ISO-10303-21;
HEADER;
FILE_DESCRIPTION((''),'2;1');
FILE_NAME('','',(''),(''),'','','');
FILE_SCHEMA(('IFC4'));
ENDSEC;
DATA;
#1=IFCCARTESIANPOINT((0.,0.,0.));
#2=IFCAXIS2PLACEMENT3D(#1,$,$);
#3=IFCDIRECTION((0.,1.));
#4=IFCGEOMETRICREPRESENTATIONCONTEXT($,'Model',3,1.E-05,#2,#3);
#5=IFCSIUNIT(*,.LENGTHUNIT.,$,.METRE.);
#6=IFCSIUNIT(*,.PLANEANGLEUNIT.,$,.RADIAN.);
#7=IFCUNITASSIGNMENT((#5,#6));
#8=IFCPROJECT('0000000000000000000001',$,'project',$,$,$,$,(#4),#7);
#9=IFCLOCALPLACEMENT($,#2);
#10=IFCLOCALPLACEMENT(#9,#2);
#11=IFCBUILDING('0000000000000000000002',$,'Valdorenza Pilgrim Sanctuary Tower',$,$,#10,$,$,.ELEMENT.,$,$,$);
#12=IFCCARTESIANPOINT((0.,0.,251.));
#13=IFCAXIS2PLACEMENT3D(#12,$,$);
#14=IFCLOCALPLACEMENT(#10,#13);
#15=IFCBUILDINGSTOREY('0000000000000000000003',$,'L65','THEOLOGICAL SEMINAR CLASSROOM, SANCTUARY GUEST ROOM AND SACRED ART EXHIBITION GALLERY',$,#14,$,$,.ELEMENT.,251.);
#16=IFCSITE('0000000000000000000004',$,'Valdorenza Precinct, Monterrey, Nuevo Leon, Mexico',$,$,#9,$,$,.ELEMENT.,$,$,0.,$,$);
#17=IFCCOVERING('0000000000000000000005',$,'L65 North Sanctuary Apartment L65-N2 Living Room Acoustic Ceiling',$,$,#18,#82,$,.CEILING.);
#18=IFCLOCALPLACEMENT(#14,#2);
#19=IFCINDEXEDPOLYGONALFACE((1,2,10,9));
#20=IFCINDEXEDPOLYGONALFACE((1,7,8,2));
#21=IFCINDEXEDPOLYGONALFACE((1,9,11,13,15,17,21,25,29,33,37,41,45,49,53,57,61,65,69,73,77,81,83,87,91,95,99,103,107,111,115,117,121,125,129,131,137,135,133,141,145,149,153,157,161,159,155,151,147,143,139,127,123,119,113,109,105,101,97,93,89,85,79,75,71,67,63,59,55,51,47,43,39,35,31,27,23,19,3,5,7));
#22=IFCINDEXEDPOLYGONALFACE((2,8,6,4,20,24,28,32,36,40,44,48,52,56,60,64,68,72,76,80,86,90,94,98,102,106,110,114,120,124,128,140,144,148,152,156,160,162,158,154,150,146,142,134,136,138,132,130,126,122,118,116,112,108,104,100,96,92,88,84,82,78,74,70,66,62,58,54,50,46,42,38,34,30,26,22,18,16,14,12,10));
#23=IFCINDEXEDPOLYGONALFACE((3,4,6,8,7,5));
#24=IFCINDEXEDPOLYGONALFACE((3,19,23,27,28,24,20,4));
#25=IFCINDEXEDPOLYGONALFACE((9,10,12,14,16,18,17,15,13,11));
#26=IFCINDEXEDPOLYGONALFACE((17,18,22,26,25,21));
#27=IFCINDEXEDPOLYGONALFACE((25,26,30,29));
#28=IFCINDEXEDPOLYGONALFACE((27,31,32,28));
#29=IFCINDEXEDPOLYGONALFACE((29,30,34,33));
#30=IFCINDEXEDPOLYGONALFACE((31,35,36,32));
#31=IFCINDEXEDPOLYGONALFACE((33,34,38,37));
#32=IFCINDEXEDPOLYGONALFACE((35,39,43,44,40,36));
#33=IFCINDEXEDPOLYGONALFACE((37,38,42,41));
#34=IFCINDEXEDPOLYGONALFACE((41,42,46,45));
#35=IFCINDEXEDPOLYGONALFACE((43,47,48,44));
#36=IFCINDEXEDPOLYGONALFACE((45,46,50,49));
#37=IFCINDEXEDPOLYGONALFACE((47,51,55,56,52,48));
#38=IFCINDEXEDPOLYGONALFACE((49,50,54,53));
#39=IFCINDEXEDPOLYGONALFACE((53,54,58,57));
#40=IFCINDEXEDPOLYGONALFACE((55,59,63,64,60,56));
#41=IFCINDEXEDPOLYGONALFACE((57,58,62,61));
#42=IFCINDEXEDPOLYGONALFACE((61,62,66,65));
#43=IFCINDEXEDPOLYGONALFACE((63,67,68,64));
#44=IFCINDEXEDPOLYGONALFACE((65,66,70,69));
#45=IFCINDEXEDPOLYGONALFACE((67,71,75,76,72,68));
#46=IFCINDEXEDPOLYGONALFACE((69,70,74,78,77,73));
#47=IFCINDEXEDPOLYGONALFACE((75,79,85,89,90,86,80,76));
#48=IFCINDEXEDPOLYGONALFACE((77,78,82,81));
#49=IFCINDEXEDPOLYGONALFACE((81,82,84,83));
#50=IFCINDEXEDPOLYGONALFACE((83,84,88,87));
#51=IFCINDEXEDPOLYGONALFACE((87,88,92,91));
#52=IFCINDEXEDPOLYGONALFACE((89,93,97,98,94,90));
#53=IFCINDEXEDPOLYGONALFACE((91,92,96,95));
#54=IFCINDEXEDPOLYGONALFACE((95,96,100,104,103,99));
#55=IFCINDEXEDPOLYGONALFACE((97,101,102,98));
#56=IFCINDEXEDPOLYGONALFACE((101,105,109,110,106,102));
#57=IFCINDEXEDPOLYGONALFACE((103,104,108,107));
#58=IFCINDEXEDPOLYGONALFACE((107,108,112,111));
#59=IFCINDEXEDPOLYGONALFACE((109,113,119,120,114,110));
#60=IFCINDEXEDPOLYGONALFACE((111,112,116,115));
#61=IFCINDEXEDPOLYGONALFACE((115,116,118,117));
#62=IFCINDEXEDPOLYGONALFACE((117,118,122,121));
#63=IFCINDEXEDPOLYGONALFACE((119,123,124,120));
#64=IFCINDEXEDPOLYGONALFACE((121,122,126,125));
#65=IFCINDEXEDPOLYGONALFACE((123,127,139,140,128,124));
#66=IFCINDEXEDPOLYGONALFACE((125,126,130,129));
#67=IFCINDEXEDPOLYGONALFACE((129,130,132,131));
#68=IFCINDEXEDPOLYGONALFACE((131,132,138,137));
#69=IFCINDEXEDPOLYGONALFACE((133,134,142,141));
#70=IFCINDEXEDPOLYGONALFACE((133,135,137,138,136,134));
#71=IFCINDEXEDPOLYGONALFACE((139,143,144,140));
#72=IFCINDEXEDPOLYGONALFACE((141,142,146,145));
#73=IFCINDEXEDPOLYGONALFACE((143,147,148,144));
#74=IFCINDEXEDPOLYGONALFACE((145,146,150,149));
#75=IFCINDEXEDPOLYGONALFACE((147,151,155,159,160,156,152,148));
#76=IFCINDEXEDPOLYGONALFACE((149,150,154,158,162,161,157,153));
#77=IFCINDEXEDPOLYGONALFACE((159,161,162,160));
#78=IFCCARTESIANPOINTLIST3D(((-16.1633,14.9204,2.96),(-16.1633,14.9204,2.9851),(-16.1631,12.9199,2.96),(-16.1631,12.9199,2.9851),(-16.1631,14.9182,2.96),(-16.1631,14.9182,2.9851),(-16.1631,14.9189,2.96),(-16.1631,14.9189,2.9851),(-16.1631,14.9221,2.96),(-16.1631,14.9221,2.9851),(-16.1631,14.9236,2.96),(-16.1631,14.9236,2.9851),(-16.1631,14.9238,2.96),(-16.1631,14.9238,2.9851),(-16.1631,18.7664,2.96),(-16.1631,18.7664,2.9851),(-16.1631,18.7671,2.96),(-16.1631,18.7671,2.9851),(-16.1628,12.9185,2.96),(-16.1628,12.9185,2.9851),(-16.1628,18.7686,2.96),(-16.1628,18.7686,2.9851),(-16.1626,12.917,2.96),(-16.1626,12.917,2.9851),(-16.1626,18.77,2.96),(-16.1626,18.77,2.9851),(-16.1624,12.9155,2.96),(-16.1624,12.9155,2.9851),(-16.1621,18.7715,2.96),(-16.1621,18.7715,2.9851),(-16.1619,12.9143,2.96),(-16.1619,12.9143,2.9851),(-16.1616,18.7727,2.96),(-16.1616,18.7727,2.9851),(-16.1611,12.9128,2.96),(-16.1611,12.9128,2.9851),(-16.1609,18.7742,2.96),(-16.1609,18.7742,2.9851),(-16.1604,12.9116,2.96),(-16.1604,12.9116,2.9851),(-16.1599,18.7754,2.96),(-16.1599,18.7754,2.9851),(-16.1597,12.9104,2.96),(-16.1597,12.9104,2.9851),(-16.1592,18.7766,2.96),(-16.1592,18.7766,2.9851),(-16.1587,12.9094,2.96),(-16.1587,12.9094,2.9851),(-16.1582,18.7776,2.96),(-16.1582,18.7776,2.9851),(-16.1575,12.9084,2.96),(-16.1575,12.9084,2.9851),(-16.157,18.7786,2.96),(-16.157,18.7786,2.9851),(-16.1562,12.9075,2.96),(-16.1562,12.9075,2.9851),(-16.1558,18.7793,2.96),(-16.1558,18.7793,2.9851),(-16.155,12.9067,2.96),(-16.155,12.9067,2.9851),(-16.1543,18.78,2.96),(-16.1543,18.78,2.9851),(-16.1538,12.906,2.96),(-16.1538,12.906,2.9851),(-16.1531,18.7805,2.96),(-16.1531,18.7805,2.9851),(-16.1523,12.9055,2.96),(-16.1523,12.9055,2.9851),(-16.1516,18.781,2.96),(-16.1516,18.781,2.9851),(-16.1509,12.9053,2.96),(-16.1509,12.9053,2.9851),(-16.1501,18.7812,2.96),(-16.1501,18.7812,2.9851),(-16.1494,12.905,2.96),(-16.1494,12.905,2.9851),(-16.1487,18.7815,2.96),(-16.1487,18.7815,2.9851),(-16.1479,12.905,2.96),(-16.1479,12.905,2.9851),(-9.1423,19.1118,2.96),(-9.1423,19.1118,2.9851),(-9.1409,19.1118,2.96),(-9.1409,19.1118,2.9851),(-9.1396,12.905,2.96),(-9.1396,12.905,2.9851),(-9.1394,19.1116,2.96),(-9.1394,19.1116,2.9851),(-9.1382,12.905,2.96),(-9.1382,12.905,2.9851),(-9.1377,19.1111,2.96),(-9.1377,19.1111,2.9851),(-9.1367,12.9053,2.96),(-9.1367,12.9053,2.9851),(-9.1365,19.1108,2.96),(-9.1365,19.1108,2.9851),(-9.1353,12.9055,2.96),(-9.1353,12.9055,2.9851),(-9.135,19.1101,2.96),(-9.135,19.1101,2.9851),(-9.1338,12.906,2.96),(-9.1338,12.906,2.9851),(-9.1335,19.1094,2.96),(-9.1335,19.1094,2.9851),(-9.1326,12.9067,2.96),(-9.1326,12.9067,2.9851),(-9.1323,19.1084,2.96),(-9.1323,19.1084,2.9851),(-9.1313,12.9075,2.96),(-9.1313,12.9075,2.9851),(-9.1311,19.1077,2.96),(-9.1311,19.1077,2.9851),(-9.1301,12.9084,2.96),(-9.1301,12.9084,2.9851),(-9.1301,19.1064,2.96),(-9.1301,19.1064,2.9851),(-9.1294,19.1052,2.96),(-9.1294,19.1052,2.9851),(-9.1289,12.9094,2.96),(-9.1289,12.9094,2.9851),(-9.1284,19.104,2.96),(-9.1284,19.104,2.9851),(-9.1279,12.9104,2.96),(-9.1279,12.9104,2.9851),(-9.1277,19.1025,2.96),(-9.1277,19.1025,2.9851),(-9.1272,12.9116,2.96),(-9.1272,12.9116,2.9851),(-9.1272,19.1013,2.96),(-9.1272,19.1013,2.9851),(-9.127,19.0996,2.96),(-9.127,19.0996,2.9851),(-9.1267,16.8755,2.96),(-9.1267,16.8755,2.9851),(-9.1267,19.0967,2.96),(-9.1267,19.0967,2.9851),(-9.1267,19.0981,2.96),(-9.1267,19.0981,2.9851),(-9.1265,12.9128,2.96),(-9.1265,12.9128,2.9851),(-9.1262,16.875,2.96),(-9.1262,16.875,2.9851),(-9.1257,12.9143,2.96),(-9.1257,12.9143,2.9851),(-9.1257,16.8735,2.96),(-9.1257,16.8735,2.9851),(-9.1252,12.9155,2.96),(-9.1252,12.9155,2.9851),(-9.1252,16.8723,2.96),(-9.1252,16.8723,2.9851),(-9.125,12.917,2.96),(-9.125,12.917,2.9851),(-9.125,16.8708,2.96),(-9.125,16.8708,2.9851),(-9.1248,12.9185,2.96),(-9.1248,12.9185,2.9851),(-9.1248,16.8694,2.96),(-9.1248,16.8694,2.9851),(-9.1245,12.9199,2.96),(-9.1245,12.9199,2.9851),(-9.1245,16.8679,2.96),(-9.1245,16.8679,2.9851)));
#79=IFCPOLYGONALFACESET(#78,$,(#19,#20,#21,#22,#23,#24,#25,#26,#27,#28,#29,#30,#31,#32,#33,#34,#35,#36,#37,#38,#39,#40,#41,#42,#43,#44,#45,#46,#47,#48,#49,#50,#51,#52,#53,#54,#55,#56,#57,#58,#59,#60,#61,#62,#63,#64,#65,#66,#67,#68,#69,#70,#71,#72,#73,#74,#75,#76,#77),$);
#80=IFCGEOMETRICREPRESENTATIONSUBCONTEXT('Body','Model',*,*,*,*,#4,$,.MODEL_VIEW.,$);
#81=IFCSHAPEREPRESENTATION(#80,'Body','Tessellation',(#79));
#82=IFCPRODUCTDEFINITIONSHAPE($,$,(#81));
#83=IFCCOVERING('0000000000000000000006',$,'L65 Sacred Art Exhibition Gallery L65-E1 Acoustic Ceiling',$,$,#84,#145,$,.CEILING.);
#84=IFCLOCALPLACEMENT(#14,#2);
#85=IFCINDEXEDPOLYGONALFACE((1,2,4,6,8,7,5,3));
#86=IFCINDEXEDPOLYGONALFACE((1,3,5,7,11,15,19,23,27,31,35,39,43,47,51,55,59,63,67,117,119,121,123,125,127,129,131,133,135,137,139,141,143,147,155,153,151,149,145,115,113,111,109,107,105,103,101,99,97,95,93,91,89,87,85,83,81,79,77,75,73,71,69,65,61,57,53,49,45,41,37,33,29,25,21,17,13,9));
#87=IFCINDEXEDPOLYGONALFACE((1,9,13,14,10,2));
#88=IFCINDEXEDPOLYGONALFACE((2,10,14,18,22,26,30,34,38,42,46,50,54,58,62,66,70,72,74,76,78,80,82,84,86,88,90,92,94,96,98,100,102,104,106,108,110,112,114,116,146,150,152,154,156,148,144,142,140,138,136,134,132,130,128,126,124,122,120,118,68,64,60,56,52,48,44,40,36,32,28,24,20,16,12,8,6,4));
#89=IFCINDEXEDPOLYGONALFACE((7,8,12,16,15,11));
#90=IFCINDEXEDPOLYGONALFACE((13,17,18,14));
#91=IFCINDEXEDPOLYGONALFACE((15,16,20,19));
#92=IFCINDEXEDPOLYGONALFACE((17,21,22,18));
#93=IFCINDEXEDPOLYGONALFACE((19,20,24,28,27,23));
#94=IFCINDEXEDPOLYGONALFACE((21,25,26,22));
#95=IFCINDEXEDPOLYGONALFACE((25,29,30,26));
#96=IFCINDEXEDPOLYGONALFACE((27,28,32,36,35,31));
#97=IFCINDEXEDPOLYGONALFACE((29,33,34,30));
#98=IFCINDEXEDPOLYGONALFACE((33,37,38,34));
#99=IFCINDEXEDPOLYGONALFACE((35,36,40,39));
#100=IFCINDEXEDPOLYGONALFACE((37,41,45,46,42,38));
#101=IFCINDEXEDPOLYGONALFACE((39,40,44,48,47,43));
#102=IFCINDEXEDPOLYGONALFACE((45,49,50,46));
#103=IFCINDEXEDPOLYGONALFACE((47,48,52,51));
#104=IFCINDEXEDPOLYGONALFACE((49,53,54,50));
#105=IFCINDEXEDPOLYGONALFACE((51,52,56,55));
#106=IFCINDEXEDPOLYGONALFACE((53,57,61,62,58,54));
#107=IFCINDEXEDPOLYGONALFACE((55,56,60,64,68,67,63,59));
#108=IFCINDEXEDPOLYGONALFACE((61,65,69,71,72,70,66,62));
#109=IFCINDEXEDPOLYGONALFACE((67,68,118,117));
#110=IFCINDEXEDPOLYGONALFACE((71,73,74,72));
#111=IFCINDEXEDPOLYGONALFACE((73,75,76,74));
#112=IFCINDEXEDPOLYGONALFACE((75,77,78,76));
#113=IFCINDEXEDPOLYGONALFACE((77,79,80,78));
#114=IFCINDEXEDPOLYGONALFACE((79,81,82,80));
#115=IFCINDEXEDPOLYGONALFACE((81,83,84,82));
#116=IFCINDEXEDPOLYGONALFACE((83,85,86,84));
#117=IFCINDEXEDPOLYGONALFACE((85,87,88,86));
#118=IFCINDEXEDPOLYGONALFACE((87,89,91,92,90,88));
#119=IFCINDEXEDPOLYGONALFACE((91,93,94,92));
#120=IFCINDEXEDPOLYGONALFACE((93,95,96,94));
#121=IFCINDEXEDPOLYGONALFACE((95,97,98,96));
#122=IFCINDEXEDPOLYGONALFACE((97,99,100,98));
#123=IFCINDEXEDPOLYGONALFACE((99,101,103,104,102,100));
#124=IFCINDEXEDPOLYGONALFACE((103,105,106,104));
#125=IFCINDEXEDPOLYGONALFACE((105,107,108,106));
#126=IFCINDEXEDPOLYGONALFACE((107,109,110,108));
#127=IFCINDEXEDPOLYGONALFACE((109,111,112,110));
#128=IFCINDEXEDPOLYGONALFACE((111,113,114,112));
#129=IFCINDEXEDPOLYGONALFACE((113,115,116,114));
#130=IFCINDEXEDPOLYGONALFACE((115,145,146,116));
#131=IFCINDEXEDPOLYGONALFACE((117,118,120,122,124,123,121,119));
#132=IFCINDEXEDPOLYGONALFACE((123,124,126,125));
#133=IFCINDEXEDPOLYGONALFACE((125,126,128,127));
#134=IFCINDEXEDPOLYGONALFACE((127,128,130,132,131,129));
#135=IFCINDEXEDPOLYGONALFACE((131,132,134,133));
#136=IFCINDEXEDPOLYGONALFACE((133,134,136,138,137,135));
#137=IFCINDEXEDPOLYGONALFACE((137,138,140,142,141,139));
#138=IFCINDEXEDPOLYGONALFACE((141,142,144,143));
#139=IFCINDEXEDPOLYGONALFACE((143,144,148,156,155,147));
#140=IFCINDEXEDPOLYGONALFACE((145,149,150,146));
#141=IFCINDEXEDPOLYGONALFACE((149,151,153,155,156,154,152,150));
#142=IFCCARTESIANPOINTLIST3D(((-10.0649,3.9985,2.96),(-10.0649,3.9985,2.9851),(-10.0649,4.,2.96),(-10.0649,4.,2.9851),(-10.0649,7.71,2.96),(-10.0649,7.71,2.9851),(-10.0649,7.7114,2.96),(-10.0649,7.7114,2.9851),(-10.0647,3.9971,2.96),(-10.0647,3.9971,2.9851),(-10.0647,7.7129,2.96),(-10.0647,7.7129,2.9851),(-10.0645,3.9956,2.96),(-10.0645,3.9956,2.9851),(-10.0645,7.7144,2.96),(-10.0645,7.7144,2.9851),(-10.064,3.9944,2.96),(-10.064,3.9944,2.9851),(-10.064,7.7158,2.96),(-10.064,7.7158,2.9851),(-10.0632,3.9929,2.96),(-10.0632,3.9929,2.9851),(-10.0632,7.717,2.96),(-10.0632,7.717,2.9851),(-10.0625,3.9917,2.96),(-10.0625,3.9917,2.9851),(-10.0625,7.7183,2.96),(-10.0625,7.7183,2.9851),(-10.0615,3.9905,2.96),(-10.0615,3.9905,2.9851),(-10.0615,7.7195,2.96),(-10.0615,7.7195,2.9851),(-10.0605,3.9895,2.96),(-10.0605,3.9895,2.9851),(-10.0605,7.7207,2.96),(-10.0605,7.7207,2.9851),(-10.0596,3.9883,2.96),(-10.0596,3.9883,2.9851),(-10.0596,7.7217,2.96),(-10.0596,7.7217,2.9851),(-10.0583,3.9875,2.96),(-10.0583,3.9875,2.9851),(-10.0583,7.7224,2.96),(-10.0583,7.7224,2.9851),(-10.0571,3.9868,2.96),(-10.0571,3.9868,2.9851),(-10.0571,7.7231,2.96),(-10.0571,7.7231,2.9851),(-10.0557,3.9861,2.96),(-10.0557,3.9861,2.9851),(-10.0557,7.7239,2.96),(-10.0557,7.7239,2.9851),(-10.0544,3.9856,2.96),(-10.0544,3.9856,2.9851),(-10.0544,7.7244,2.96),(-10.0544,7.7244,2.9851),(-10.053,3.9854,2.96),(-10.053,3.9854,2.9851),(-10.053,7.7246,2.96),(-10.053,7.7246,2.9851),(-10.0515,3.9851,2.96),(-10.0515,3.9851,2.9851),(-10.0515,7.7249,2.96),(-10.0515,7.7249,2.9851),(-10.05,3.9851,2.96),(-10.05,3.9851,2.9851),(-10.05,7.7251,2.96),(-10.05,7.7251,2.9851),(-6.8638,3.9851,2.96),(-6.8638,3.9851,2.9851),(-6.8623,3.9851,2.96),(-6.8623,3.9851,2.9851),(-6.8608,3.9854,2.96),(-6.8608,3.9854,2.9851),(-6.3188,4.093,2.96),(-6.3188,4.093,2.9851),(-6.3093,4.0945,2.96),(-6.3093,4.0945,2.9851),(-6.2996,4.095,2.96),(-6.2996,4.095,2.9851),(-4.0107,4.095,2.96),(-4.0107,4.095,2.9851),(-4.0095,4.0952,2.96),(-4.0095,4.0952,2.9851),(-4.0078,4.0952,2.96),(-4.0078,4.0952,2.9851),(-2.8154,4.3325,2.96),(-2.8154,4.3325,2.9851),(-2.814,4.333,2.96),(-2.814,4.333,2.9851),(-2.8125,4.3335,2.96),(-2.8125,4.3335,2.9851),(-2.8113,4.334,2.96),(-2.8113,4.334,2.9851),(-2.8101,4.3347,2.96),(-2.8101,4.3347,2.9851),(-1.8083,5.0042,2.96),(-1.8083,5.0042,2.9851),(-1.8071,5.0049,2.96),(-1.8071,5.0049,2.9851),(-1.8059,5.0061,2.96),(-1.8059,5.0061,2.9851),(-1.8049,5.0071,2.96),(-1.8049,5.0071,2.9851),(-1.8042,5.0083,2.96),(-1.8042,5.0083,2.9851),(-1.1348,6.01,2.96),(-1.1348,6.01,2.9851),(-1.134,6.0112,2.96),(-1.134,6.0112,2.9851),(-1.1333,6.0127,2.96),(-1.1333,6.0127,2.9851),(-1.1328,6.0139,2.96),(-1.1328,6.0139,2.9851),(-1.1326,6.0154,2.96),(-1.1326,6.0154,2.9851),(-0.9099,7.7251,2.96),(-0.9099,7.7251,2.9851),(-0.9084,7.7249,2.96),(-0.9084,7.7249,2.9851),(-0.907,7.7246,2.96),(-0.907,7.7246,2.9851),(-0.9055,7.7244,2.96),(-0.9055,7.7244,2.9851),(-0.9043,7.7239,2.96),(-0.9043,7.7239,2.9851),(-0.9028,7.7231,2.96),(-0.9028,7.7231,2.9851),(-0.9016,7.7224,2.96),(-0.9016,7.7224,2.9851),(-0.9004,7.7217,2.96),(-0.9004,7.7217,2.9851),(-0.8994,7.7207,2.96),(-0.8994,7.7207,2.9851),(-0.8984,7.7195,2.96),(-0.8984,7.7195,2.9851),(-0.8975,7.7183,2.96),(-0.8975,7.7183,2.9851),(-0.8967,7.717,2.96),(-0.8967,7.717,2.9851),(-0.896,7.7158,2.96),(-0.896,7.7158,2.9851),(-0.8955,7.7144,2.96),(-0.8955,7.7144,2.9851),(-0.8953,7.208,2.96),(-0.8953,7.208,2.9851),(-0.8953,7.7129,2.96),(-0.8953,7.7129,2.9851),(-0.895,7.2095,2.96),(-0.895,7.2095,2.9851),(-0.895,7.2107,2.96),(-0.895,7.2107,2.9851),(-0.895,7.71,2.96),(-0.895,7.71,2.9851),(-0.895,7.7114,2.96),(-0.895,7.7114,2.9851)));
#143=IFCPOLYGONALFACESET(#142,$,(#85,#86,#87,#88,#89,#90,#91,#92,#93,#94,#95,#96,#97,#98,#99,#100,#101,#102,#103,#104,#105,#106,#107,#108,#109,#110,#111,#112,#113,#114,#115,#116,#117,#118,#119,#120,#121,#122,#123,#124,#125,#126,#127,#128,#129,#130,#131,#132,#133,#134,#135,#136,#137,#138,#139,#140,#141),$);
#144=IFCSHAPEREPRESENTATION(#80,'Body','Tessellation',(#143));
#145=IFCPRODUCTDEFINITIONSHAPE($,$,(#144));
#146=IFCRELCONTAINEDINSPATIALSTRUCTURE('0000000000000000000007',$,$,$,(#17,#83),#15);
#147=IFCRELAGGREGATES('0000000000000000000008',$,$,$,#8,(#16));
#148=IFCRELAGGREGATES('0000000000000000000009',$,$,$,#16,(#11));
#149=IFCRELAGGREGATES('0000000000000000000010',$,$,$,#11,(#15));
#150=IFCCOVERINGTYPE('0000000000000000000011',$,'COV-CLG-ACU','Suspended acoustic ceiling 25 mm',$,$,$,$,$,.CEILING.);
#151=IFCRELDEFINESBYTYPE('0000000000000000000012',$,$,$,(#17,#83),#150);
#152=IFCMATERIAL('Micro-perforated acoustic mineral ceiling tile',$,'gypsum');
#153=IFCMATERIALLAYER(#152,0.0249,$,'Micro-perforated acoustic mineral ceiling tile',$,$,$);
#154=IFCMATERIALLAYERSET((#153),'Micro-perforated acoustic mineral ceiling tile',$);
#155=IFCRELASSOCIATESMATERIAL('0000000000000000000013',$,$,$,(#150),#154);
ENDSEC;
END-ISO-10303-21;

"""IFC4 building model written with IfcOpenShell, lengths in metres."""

from ifc_helpers import new_model, si_unit, direction, frame, origin, place, context, subcontext, project, spatial, polyline, outline, extrude, material, layer, layer_set, type_object, element, save


model = new_model("IFC4")

# Units and contexts
model_context = context("Model", 3, precision=1e-05, world=origin(), true_north=direction((0.0, 1.0)))
body_context = subcontext(model_context, "Body", "Model", "MODEL_VIEW")
ifc_project = project(units=[si_unit("LENGTHUNIT", "METRE"), si_unit("PLANEANGLEUNIT", "RADIAN")], contexts=[model_context])

# Site, building, storey
site_placement = place(None, origin())
site = spatial("IfcSite", under=ifc_project, at=site_placement, Name="Valdorenza Precinct, Monterrey, Nuevo Leon, Mexico", CompositionType="ELEMENT", RefElevation=0.0)
building_placement = place(site_placement, origin())
building = spatial("IfcBuilding", under=site, at=building_placement, Name="Valdorenza Pilgrim Sanctuary Tower", CompositionType="ELEMENT")
storey_placement = place(building_placement, frame((0.0, 0.0, 251.0)))
storey = spatial("IfcBuildingStorey", under=building, at=storey_placement, Name="L65", Description="THEOLOGICAL SEMINAR CLASSROOM, SANCTUARY GUEST ROOM AND SACRED ART EXHIBITION GALLERY", CompositionType="ELEMENT", Elevation=251.0)

# Coverings
ifc_material_1 = material(Name="Micro-perforated acoustic mineral ceiling tile", Category="gypsum")
ifc_layer_1 = layer(ifc_material_1, 0.0249, Name="Micro-perforated acoustic mineral ceiling tile")
ifc_layer_set_1 = layer_set([ifc_layer_1], Name="Micro-perforated acoustic mineral ceiling tile")
covering_type_1 = type_object("IfcCoveringType", Name="COV-CLG-ACU", Description="Suspended acoustic ceiling 25 mm", PredefinedType="CEILING", material=ifc_layer_set_1)
covering_1_placement = place(storey_placement, frame((0.0, 0.0, 2.96)))
element("IfcCovering", 1, at=covering_1_placement, inside=storey, type_object=covering_type_1, Name="L65 North Sanctuary Apartment L65-N2 Living Room Acoustic Ceiling", PredefinedType="CEILING", context=body_context, shape_type="SweptSolid", body=[
    extrude(outline(polyline([(-16.1631, 14.9182), (-16.1631, 14.9189), (-16.1633, 14.9204), (-16.1631, 14.9221), (-16.1631, 14.9236), (-16.1631, 14.9238), (-16.1631, 18.7664), (-16.1631, 18.7664), (-16.1631, 18.7671), (-16.1628, 18.7686), (-16.1626, 18.77), (-16.1621, 18.7715), (-16.1616, 18.7727), (-16.1609, 18.7742), (-16.1599, 18.7754), (-16.1592, 18.7766), (-16.1582, 18.7776), (-16.157, 18.7786), (-16.1558, 18.7793), (-16.1543, 18.78), (-16.1531, 18.7805), (-16.1516, 18.781), (-16.1501, 18.7812), (-16.1487, 18.7815), (-9.1423, 19.1118), (-9.1409, 19.1118), (-9.1394, 19.1116), (-9.1377, 19.1111), (-9.1365, 19.1108), (-9.135, 19.1101), (-9.1335, 19.1094), (-9.1323, 19.1084), (-9.1311, 19.1077), (-9.1301, 19.1064), (-9.1294, 19.1052), (-9.1284, 19.104), (-9.1277, 19.1025), (-9.1272, 19.1013), (-9.127, 19.0996), (-9.1267, 19.0981), (-9.1267, 19.0967), (-9.1267, 16.8755), (-9.1262, 16.875), (-9.1257, 16.8735), (-9.1252, 16.8723), (-9.125, 16.8708), (-9.1248, 16.8694), (-9.1245, 16.8679), (-9.1245, 12.9199), (-9.1248, 12.9185), (-9.125, 12.917), (-9.1252, 12.9155), (-9.1257, 12.9143), (-9.1265, 12.9128), (-9.1272, 12.9116), (-9.1279, 12.9104), (-9.1289, 12.9094), (-9.1301, 12.9084), (-9.1313, 12.9075), (-9.1326, 12.9067), (-9.1338, 12.906), (-9.1353, 12.9055), (-9.1367, 12.9053), (-9.1382, 12.905), (-9.1396, 12.905), (-16.1479, 12.905), (-16.1494, 12.905), (-16.1509, 12.9053), (-16.1523, 12.9055), (-16.1538, 12.906), (-16.155, 12.9067), (-16.1562, 12.9075), (-16.1575, 12.9084), (-16.1587, 12.9094), (-16.1597, 12.9104), (-16.1604, 12.9116), (-16.1611, 12.9128), (-16.1619, 12.9143), (-16.1624, 12.9155), (-16.1626, 12.917), (-16.1628, 12.9185), (-16.1631, 12.9199), (-16.1631, 14.9182)])), origin(), (0.0, 0.0, 1.0), 0.0251),
])
covering_2_placement = place(storey_placement, frame((0.0, 0.0, 2.96)))
element("IfcCovering", 2, at=covering_2_placement, inside=storey, type_object=covering_type_1, Name="L65 Sacred Art Exhibition Gallery L65-E1 Acoustic Ceiling", PredefinedType="CEILING", context=body_context, shape_type="SweptSolid", body=[
    extrude(outline(polyline([(-10.0649, 7.71), (-10.0649, 7.7114), (-10.0647, 7.7129), (-10.0645, 7.7144), (-10.064, 7.7158), (-10.0632, 7.717), (-10.0625, 7.7183), (-10.0615, 7.7195), (-10.0605, 7.7207), (-10.0596, 7.7217), (-10.0583, 7.7224), (-10.0571, 7.7231), (-10.0557, 7.7239), (-10.0544, 7.7244), (-10.053, 7.7246), (-10.0515, 7.7249), (-10.05, 7.7251), (-0.9099, 7.7251), (-0.9084, 7.7249), (-0.907, 7.7246), (-0.9055, 7.7244), (-0.9043, 7.7239), (-0.9028, 7.7231), (-0.9016, 7.7224), (-0.9004, 7.7217), (-0.8994, 7.7207), (-0.8984, 7.7195), (-0.8975, 7.7183), (-0.8967, 7.717), (-0.896, 7.7158), (-0.8955, 7.7144), (-0.8953, 7.7129), (-0.895, 7.7114), (-0.895, 7.71), (-0.895, 7.2107), (-0.895, 7.2095), (-0.8953, 7.208), (-1.1326, 6.0154), (-1.1328, 6.0139), (-1.1333, 6.0127), (-1.134, 6.0112), (-1.1348, 6.01), (-1.8042, 5.0083), (-1.8049, 5.0071), (-1.8059, 5.0061), (-1.8071, 5.0049), (-1.8083, 5.0042), (-2.8101, 4.3347), (-2.8113, 4.334), (-2.8125, 4.3335), (-2.814, 4.333), (-2.8154, 4.3325), (-4.0078, 4.0952), (-4.0095, 4.0952), (-4.0107, 4.095), (-6.2996, 4.095), (-6.3093, 4.0945), (-6.3188, 4.093), (-6.8608, 3.9854), (-6.8623, 3.9851), (-6.8638, 3.9851), (-10.05, 3.9851), (-10.0515, 3.9851), (-10.053, 3.9854), (-10.0544, 3.9856), (-10.0557, 3.9861), (-10.0571, 3.9868), (-10.0583, 3.9875), (-10.0596, 3.9883), (-10.0605, 3.9895), (-10.0615, 3.9905), (-10.0625, 3.9917), (-10.0632, 3.9929), (-10.064, 3.9944), (-10.0645, 3.9956), (-10.0647, 3.9971), (-10.0649, 3.9985), (-10.0649, 4.0), (-10.0649, 7.71)])), origin(), (0.0, 0.0, 1.0), 0.0251),
])

save(model, "model.ifc")
